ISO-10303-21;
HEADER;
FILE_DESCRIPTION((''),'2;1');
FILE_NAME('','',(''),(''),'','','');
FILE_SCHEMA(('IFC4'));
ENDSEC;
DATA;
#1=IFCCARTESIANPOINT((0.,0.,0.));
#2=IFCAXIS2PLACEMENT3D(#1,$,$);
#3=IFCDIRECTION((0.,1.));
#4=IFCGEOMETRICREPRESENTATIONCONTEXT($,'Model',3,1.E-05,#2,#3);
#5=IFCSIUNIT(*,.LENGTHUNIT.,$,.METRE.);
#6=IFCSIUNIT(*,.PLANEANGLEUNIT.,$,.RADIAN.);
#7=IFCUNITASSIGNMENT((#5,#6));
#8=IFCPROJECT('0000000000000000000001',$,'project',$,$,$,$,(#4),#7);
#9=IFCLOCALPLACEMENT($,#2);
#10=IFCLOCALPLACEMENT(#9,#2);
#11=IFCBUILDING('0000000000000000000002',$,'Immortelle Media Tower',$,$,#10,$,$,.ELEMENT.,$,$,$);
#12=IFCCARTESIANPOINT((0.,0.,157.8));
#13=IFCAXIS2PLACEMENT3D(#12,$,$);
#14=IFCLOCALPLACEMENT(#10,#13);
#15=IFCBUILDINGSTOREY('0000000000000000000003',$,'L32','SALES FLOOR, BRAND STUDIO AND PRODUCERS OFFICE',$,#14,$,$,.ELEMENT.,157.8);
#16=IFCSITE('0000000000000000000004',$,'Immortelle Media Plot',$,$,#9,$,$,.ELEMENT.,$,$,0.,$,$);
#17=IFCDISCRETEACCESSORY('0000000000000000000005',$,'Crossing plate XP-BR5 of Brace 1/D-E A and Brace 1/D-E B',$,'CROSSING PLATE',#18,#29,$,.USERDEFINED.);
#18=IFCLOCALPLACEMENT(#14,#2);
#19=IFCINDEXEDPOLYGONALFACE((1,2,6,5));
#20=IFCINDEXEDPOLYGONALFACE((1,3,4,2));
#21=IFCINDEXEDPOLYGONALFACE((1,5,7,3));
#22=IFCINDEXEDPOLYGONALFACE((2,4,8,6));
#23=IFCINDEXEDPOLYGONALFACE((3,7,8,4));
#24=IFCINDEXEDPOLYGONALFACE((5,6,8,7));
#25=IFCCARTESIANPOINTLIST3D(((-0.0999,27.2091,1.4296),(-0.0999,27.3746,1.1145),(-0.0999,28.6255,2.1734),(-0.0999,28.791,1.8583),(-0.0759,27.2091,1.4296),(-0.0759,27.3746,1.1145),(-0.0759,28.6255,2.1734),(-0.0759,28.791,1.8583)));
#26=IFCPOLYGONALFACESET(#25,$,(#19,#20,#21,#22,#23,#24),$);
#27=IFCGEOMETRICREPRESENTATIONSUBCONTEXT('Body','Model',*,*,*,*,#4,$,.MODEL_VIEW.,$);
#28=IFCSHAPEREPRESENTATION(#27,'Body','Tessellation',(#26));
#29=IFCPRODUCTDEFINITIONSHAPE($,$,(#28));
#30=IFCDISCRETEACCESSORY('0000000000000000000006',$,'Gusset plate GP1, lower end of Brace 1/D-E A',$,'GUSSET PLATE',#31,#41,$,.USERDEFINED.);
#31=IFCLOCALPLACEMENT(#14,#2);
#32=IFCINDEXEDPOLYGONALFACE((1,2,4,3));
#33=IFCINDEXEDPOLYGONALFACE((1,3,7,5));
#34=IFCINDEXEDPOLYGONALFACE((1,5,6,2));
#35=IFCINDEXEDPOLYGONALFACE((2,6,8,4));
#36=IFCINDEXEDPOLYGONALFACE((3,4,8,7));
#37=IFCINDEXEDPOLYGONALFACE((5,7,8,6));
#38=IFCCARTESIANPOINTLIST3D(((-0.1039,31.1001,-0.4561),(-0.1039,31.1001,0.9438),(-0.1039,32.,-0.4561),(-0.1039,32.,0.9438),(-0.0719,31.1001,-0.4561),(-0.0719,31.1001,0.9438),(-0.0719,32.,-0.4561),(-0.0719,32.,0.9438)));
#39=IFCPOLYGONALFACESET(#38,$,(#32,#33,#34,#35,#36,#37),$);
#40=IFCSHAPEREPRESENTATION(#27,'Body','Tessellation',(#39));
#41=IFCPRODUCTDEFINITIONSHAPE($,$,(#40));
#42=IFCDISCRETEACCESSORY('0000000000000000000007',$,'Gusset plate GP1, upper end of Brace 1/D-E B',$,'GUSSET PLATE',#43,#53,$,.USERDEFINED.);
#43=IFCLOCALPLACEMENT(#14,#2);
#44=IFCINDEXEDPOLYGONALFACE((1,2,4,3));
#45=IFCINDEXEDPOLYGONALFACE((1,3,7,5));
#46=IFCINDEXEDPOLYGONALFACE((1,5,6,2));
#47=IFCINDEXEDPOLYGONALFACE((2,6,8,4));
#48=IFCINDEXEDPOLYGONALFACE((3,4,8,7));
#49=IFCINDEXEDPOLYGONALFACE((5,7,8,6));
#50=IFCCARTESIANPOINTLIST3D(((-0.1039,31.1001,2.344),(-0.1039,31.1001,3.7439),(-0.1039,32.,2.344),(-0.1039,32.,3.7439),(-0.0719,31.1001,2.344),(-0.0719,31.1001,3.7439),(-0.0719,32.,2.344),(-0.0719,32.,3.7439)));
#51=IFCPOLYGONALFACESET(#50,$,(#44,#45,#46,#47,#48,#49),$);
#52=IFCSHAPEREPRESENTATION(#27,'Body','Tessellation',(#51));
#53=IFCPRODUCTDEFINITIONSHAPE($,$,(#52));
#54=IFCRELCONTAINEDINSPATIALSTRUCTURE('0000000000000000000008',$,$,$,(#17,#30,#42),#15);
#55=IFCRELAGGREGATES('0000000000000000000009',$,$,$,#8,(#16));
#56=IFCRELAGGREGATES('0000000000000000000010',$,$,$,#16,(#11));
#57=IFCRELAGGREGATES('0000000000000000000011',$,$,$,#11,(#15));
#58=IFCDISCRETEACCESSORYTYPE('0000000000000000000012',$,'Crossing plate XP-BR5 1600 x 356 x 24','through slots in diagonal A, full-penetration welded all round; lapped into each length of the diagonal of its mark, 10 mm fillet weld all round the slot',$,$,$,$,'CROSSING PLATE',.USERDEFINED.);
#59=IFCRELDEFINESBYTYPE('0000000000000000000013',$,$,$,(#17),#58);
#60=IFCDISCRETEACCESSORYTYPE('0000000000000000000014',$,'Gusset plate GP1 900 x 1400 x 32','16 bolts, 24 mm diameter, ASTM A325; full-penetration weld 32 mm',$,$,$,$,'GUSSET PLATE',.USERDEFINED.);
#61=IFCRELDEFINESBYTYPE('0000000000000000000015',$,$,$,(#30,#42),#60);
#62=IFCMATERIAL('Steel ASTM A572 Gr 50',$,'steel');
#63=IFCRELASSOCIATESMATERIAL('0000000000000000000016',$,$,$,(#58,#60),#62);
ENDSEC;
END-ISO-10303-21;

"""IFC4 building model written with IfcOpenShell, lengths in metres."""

from ifc_helpers import new_model, si_unit, direction, frame, origin, origin_2d, place, context, subcontext, project, spatial, rectangle, extrude, material, material_profile, profile_set, type_object, element, save


model = new_model("IFC4")

# Units and contexts
model_context = context("Model", 3, precision=1e-05, world=origin(), true_north=direction((0.0, 1.0)))
body_context = subcontext(model_context, "Body", "Model", "MODEL_VIEW")
ifc_project = project(units=[si_unit("LENGTHUNIT", "METRE"), si_unit("PLANEANGLEUNIT", "RADIAN")], contexts=[model_context])

# Site, building, storey
site_placement = place(None, origin())
site = spatial("IfcSite", under=ifc_project, at=site_placement, Name="Immortelle Media Plot", CompositionType="ELEMENT", RefElevation=0.0)
building_placement = place(site_placement, origin())
building = spatial("IfcBuilding", under=site, at=building_placement, Name="Immortelle Media Tower", CompositionType="ELEMENT")
storey_placement = place(building_placement, frame((0.0, 0.0, 157.8)))
storey = spatial("IfcBuildingStorey", under=building, at=storey_placement, Name="L32", Description="SALES FLOOR, BRAND STUDIO AND PRODUCERS OFFICE", CompositionType="ELEMENT", Elevation=157.8)

# Discrete accessories
ifc_material_1 = material(Name="Steel ASTM A572 Gr 50", Category="steel")
ifc_material_profile_1 = material_profile(ifc_material_1, rectangle(XDim=0.0239, YDim=0.356, at=origin_2d()), Name="PL 24 x 356")
ifc_profile_set_1 = profile_set([ifc_material_profile_1], Name="Steel ASTM A572 Gr 50")
discrete_accessory_type_1 = type_object("IfcDiscreteAccessoryType", Name="Crossing plate XP-BR5 1600 x 356 x 24", Description="through slots in diagonal A, full-penetration welded all round; lapped into each length of the diagonal of its mark, 10 mm fillet weld all round the slot", ElementType="CROSSING PLATE", PredefinedType="USERDEFINED", material=ifc_profile_set_1)
discrete_accessory_placement = place(storey_placement, frame((-0.0879, 28.7083, 2.0159), z_axis=(0.0, -0.885338, -0.464948), x_axis=(1.0, 0.0, 0.0)))
element("IfcDiscreteAccessory", 1, at=discrete_accessory_placement, inside=storey, type_object=discrete_accessory_type_1, Name="Crossing plate XP-BR5 of Brace 1/D-E A and Brace 1/D-E B", ObjectType="CROSSING PLATE", PredefinedType="USERDEFINED", context=body_context, shape_type="SweptSolid", body=[
    extrude(rectangle(XDim=0.0239, YDim=0.356, at=origin_2d()), origin(), (0.0, 0.0, 1.0), 1.5999),
])
ifc_material_profile_2 = material_profile(ifc_material_1, rectangle(XDim=0.032, YDim=1.3999, at=origin_2d()), Name="PL 32 x 1400")
ifc_profile_set_2 = profile_set([ifc_material_profile_2], Name="Steel ASTM A572 Gr 50")
discrete_accessory_type_2 = type_object("IfcDiscreteAccessoryType", Name="Gusset plate GP1 900 x 1400 x 32", Description="16 bolts, 24 mm diameter, ASTM A325; full-penetration weld 32 mm", ElementType="GUSSET PLATE", PredefinedType="USERDEFINED", material=ifc_profile_set_2)
for number, where, z_axis, x_axis, name in (
    (2, (-0.0879, 32.0, 0.2439), (0.0, -1.0, 0.0), (1.0, 0.0, 0.0), "Gusset plate GP1, lower end of Brace 1/D-E A"),
    (3, (-0.0879, 32.0, 3.0439), (0.0, -1.0, 0.0), (1.0, 0.0, 0.0), "Gusset plate GP1, upper end of Brace 1/D-E B"),
):
    element("IfcDiscreteAccessory", number, at=place(storey_placement, frame(where, z_axis=z_axis, x_axis=x_axis)), inside=storey, type_object=discrete_accessory_type_2, Name=name, ObjectType="GUSSET PLATE", PredefinedType="USERDEFINED", context=body_context, shape_type="SweptSolid", body=[
        extrude(rectangle(XDim=0.032, YDim=1.3999, at=origin_2d()), origin(), (0.0, 0.0, 1.0), 0.8999),
    ])

save(model, "model.ifc")
